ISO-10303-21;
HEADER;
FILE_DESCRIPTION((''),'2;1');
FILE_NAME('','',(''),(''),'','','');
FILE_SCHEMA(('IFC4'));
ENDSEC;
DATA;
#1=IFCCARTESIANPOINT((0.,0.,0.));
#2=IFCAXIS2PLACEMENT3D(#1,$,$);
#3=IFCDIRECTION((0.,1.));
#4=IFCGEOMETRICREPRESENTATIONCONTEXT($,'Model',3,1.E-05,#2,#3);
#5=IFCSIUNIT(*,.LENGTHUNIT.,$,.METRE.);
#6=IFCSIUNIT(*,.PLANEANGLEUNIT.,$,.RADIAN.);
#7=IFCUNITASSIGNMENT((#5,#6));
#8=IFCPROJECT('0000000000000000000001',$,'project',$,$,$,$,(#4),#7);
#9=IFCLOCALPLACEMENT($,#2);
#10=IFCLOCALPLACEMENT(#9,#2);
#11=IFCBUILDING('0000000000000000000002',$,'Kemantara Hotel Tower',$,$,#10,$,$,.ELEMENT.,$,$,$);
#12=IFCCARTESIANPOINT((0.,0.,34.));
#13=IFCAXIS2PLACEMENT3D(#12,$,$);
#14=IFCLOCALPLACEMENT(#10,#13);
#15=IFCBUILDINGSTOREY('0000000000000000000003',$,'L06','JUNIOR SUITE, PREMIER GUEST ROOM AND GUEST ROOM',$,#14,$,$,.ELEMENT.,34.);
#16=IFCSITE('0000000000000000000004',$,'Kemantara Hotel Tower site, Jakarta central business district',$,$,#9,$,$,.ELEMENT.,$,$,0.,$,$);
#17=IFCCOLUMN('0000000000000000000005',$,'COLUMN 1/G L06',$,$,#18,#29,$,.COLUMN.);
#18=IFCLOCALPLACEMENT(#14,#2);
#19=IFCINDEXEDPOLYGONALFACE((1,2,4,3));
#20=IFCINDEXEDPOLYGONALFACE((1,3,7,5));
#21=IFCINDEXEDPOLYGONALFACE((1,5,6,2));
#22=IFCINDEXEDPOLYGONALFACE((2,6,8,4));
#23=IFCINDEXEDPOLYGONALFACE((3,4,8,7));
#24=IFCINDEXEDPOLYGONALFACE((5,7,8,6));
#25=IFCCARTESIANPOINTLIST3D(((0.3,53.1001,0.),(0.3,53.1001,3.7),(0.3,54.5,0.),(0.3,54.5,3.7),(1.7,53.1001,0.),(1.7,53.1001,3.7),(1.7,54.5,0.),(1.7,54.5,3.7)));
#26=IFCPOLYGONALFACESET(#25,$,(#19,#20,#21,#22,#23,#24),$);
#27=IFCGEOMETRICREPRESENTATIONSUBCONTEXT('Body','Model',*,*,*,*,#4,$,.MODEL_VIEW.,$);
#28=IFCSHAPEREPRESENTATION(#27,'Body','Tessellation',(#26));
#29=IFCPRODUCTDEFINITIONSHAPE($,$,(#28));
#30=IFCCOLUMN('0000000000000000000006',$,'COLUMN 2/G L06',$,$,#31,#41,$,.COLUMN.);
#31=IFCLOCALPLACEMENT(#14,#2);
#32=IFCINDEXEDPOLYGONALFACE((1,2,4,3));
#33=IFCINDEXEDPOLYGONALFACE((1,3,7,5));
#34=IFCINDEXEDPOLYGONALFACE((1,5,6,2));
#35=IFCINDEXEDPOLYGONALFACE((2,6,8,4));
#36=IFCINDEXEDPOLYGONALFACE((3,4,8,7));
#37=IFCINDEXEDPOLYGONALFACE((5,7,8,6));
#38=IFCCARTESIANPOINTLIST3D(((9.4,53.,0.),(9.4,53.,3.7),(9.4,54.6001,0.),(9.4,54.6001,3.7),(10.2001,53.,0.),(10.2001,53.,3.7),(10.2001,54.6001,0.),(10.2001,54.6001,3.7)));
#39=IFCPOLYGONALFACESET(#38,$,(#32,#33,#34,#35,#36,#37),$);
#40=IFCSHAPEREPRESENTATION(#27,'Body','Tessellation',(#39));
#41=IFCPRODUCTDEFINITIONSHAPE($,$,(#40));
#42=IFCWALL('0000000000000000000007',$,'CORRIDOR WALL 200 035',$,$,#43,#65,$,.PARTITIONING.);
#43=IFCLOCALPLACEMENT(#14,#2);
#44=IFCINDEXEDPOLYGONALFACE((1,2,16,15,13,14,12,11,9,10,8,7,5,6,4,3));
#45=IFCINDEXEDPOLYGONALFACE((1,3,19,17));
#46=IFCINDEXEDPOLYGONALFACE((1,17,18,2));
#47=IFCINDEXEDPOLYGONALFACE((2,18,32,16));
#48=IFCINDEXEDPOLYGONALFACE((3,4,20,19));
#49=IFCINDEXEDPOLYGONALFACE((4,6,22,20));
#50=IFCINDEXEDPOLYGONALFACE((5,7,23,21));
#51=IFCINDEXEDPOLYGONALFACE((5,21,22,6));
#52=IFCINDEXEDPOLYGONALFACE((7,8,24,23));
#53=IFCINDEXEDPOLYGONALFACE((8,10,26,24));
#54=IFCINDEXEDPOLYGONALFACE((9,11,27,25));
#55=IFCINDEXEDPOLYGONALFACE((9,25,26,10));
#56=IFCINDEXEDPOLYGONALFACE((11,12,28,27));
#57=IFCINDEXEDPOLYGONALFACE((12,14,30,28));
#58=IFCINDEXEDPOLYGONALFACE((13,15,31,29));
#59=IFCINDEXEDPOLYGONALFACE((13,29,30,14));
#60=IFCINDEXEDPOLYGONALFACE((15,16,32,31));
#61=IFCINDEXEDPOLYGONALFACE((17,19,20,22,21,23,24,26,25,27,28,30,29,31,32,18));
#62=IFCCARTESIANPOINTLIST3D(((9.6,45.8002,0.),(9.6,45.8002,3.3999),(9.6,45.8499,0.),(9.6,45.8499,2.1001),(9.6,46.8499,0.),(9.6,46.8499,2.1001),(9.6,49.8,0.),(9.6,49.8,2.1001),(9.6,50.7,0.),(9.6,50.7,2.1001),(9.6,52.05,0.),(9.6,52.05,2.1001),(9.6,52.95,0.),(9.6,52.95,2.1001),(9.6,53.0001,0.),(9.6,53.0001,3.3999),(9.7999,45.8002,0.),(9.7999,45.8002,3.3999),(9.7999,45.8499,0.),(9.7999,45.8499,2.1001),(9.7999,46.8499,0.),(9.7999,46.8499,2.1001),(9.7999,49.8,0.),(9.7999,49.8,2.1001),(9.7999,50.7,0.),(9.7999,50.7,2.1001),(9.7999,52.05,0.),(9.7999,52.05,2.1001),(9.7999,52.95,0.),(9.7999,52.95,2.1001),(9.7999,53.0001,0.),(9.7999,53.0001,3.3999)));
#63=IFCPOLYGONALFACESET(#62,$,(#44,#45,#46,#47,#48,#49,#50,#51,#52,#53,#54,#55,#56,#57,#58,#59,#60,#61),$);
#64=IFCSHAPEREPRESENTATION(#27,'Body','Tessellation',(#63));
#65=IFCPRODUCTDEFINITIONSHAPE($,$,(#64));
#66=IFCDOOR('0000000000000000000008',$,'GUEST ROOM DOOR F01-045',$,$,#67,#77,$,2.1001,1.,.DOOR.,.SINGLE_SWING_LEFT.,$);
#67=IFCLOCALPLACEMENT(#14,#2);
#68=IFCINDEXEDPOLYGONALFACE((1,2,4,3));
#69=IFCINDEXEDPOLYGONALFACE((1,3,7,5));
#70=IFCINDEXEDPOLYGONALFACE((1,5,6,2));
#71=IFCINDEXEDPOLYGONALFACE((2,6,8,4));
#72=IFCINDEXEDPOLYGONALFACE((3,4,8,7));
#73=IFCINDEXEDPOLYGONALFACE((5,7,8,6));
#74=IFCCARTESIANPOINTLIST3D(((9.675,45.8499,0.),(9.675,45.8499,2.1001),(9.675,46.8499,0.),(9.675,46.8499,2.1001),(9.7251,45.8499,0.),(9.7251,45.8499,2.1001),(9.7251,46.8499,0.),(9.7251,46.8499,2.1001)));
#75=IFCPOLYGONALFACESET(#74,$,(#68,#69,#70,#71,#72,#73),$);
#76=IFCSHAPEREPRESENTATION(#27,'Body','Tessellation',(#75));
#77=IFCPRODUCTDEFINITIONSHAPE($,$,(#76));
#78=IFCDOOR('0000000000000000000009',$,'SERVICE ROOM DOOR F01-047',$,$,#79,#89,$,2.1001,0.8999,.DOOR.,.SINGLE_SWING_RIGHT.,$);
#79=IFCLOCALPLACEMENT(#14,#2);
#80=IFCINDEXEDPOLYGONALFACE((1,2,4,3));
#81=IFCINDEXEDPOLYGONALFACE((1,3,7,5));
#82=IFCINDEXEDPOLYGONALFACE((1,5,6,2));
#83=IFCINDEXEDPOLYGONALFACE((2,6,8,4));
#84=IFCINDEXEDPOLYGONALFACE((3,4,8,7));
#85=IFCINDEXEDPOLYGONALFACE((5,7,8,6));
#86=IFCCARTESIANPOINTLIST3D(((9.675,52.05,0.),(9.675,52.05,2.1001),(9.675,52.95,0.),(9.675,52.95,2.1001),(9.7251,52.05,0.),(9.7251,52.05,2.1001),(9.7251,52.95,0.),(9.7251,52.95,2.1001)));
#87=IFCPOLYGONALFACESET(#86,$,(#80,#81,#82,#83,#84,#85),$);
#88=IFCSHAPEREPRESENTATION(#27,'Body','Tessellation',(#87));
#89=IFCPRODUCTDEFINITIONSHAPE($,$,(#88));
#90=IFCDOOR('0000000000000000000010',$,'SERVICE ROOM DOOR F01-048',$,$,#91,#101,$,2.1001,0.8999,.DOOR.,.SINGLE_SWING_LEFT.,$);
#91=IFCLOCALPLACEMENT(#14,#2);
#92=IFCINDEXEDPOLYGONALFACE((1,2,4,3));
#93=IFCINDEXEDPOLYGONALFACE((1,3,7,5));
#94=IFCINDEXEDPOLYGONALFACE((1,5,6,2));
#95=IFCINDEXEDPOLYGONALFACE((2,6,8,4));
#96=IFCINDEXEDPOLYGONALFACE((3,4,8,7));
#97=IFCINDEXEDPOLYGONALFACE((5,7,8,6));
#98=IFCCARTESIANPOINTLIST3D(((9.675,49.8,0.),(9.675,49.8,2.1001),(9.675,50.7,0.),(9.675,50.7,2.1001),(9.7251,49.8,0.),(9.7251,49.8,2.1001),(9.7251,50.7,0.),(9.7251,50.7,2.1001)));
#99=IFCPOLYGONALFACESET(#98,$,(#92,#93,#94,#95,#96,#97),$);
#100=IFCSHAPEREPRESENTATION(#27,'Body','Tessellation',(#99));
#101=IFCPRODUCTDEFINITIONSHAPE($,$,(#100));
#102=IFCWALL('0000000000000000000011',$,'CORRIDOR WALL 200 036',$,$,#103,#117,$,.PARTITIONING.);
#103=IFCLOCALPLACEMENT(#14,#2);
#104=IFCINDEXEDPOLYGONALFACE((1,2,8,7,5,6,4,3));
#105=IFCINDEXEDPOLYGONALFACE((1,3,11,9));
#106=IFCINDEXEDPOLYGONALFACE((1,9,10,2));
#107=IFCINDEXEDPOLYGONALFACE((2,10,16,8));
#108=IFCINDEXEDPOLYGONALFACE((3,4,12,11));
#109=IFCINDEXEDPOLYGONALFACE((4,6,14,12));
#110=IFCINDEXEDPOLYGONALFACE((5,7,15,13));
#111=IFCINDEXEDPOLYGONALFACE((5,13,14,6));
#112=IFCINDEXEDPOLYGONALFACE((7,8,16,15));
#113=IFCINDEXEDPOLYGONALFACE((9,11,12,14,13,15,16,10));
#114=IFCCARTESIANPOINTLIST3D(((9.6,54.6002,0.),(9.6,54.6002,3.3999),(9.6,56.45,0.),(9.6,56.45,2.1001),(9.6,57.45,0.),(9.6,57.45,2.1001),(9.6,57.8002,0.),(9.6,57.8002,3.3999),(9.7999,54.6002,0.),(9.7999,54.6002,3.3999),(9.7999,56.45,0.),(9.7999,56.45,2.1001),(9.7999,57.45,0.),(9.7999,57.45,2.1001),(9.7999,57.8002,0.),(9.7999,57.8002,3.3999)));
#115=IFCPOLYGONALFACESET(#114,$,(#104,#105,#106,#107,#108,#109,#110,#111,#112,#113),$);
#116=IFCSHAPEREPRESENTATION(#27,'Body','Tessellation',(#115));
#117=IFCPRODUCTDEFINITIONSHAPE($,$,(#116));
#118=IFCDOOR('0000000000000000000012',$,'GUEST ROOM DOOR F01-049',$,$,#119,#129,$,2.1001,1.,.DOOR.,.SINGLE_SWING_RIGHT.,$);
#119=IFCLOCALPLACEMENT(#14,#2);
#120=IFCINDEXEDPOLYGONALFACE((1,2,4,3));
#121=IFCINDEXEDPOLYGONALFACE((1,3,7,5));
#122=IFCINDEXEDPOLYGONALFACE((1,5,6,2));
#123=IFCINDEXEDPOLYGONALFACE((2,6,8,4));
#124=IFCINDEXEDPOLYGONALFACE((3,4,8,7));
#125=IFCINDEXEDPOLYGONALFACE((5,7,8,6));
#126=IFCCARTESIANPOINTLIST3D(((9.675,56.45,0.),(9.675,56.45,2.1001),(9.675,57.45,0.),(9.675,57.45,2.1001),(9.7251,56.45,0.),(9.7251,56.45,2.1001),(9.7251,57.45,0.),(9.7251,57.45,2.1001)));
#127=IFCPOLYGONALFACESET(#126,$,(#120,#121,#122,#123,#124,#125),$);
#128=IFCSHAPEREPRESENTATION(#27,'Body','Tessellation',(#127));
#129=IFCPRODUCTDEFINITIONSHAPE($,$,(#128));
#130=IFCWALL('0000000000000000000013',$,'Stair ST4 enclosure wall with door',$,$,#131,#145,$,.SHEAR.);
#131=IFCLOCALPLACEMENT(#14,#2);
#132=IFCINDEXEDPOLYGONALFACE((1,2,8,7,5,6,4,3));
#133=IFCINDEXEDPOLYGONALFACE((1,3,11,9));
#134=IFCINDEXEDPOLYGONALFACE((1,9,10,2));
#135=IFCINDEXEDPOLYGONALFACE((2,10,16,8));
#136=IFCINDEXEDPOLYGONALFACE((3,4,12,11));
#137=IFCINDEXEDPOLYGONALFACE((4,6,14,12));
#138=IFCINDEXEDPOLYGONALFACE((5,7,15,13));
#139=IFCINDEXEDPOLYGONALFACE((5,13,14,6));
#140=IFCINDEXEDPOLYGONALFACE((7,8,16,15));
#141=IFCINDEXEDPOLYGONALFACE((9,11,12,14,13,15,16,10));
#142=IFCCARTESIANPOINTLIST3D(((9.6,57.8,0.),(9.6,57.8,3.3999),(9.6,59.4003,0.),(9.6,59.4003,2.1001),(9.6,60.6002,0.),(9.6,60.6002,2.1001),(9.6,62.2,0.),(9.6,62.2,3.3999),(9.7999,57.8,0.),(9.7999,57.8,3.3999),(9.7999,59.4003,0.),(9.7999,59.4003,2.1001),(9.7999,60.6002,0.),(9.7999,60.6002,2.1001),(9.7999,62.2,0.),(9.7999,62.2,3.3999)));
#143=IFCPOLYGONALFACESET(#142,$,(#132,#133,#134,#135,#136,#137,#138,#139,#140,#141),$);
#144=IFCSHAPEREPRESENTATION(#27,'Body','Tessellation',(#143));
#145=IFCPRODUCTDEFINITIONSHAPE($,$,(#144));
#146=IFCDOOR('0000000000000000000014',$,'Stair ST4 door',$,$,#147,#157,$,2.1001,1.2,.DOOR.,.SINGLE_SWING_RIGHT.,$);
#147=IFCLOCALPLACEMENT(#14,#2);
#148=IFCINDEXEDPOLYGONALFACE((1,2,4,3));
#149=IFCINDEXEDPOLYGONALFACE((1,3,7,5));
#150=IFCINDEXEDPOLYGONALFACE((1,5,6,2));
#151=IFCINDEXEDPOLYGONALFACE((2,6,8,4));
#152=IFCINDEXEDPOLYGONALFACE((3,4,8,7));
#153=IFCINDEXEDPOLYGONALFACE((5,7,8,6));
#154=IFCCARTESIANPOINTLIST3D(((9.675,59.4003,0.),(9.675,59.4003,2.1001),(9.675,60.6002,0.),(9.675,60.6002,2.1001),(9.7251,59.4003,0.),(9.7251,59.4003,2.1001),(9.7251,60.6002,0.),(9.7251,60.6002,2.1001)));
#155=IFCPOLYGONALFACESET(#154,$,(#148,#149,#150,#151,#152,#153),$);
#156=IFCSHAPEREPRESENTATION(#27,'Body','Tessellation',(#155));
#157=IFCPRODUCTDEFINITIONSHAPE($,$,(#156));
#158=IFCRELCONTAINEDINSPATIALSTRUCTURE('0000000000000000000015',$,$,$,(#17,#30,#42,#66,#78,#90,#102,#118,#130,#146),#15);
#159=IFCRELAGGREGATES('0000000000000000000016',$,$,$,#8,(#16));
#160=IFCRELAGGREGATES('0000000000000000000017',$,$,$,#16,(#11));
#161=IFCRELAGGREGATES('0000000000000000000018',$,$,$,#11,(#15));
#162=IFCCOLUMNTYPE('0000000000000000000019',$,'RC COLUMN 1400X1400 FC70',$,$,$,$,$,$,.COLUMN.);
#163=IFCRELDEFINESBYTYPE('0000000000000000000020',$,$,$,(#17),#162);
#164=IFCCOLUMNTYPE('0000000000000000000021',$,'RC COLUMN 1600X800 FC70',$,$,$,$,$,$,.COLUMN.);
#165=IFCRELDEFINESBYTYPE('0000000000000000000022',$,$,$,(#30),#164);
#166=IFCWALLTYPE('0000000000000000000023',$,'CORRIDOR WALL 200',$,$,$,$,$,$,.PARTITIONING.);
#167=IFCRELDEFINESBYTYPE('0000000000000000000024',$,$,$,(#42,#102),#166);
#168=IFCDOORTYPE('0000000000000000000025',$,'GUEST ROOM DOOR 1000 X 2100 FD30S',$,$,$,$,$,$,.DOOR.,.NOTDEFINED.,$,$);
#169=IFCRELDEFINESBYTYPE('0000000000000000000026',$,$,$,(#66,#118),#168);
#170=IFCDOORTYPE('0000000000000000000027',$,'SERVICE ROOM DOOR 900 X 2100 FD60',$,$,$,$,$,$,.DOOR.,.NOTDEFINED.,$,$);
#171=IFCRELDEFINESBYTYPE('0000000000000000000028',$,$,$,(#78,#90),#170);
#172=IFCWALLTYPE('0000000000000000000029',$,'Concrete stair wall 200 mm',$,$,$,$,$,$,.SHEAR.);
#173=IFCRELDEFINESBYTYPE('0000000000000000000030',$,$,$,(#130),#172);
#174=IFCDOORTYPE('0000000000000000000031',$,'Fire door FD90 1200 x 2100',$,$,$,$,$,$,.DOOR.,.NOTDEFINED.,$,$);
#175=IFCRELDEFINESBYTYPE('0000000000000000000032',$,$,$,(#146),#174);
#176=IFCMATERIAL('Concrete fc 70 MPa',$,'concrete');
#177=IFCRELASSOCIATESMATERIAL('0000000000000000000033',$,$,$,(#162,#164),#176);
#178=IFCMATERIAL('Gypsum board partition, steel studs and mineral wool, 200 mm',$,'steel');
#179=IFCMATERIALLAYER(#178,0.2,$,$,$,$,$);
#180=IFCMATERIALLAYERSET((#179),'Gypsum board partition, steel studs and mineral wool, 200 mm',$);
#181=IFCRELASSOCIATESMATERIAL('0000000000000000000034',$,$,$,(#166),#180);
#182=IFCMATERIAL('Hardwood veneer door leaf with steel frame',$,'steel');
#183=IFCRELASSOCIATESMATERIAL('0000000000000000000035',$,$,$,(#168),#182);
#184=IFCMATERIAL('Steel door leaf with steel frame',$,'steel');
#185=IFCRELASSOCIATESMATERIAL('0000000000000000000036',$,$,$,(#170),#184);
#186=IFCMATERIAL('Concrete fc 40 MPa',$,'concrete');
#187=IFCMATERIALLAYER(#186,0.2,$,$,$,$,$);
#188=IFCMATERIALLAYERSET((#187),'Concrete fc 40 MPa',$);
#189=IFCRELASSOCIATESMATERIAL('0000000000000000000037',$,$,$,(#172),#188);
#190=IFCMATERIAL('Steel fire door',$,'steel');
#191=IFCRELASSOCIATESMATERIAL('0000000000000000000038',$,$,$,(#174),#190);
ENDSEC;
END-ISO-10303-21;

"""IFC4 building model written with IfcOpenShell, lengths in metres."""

from ifc_helpers import new_model, si_unit, direction, frame, frame_2d, origin, origin_2d, place, context, subcontext, project, spatial, rectangle, extrude, material, layer, layer_set, material_profile, profile_set, type_object, element, fill, save


model = new_model("IFC4")

# Units and contexts
model_context = context("Model", 3, precision=1e-05, world=origin(), true_north=direction((0.0, 1.0)))
body_context = subcontext(model_context, "Body", "Model", "MODEL_VIEW")
ifc_project = project(units=[si_unit("LENGTHUNIT", "METRE"), si_unit("PLANEANGLEUNIT", "RADIAN")], contexts=[model_context])

# Site, building, storey
site_placement = place(None, origin())
site = spatial("IfcSite", under=ifc_project, at=site_placement, Name="Kemantara Hotel Tower site, Jakarta central business district", CompositionType="ELEMENT", RefElevation=0.0)
building_placement = place(site_placement, origin())
building = spatial("IfcBuilding", under=site, at=building_placement, Name="Kemantara Hotel Tower", CompositionType="ELEMENT")
storey_placement = place(building_placement, frame((0.0, 0.0, 34.0)))
storey = spatial("IfcBuildingStorey", under=building, at=storey_placement, Name="L06", Description="JUNIOR SUITE, PREMIER GUEST ROOM AND GUEST ROOM", CompositionType="ELEMENT", Elevation=34.0)

# Columns
ifc_material_1 = material(Name="Concrete fc 70 MPa", Category="concrete")
ifc_material_profile_1 = material_profile(ifc_material_1, rectangle(XDim=1.3999, YDim=1.3999, at=origin_2d()), Name="RC 1400X1400")
ifc_profile_set_1 = profile_set([ifc_material_profile_1], Name="Concrete fc 70 MPa")
column_type_1 = type_object("IfcColumnType", Name="RC COLUMN 1400X1400 FC70", PredefinedType="COLUMN", material=ifc_profile_set_1)
column_1_placement = place(storey_placement, frame((1.0, 53.8, 0.0), z_axis=(0.0, 0.0, 1.0), x_axis=(1.0, 0.0, 0.0)))
element("IfcColumn", 1, at=column_1_placement, inside=storey, type_object=column_type_1, Name="COLUMN 1/G L06", PredefinedType="COLUMN", context=body_context, shape_type="SweptSolid", body=[
    extrude(rectangle(XDim=1.3999, YDim=1.3999, at=origin_2d()), origin(), (0.0, 0.0, 1.0), 3.7),
])
ifc_material_profile_2 = material_profile(ifc_material_1, rectangle(XDim=1.6001, YDim=0.8, at=origin_2d()), Name="RC 1600X800")
ifc_profile_set_2 = profile_set([ifc_material_profile_2], Name="Concrete fc 70 MPa")
column_type_2 = type_object("IfcColumnType", Name="RC COLUMN 1600X800 FC70", PredefinedType="COLUMN", material=ifc_profile_set_2)
column_2_placement = place(storey_placement, frame((9.8, 53.8, 0.0), z_axis=(0.0, 0.0, 1.0), x_axis=(0.0, 1.0, 0.0)))
element("IfcColumn", 2, at=column_2_placement, inside=storey, type_object=column_type_2, Name="COLUMN 2/G L06", PredefinedType="COLUMN", context=body_context, shape_type="SweptSolid", body=[
    extrude(rectangle(XDim=1.6001, YDim=0.8, at=origin_2d()), origin(), (0.0, 0.0, 1.0), 3.7),
])

# Wall, openings, doors
ifc_material_2 = material(Name="Gypsum board partition, steel studs and mineral wool, 200 mm", Category="steel")
ifc_layer_1 = layer(ifc_material_2, 0.2)
ifc_layer_set_1 = layer_set([ifc_layer_1], Name="Gypsum board partition, steel studs and mineral wool, 200 mm")
wall_type_1 = type_object("IfcWallType", Name="CORRIDOR WALL 200", PredefinedType="PARTITIONING", material=ifc_layer_set_1)
wall_1_placement = place(storey_placement, frame((9.7, 45.8, 0.0), z_axis=(0.0, 0.0, 1.0), x_axis=(0.0, 1.0, 0.0)))
wall_1 = element("IfcWall", 3, at=wall_1_placement, inside=storey, type_object=wall_type_1, Name="CORRIDOR WALL 200 035", PredefinedType="PARTITIONING", context=body_context, shape_type="SweptSolid", body=[
    extrude(rectangle(XDim=7.2, YDim=0.2, at=frame_2d((3.6001, 0.0))), origin(), (0.0, 0.0, 1.0), 3.3999),
])
opening_1_placement = place(wall_1_placement, frame((0.0498, 0.0, 0.0)))
opening_1 = element("IfcOpeningElement", 4, at=opening_1_placement, cuts=wall_1, PredefinedType="OPENING", context=body_context, shape_type="SweptSolid", body=[
    extrude(rectangle(XDim=1.0, YDim=2.1001, at=frame_2d((0.5, 1.05))), frame((0.0, 0.1099, 0.0), z_axis=(0.0, -1.0, 0.0), x_axis=(1.0, 0.0, 0.0)), (0.0, 0.0, 1.0), 0.22),
])
opening_2_placement = place(wall_1_placement, frame((6.25, 0.0, 0.0)))
opening_2 = element("IfcOpeningElement", 5, at=opening_2_placement, cuts=wall_1, PredefinedType="OPENING", context=body_context, shape_type="SweptSolid", body=[
    extrude(rectangle(XDim=0.8999, YDim=2.1001, at=frame_2d((0.45, 1.05))), frame((0.0, 0.1099, 0.0), z_axis=(0.0, -1.0, 0.0), x_axis=(1.0, 0.0, 0.0)), (0.0, 0.0, 1.0), 0.22),
])
opening_3_placement = place(wall_1_placement, frame((4.0, 0.0, 0.0)))
opening_3 = element("IfcOpeningElement", 6, at=opening_3_placement, cuts=wall_1, PredefinedType="OPENING", context=body_context, shape_type="SweptSolid", body=[
    extrude(rectangle(XDim=0.8999, YDim=2.1001, at=frame_2d((0.45, 1.05))), frame((0.0, 0.1099, 0.0), z_axis=(0.0, -1.0, 0.0), x_axis=(1.0, 0.0, 0.0)), (0.0, 0.0, 1.0), 0.22),
])
ifc_material_3 = material(Name="Hardwood veneer door leaf with steel frame", Category="steel")
door_type_1 = type_object("IfcDoorType", Name="GUEST ROOM DOOR 1000 X 2100 FD30S", OperationType="NOTDEFINED", PredefinedType="DOOR", material=ifc_material_3)
door_1_placement = place(opening_1_placement, origin())
door_1 = element("IfcDoor", 7, at=door_1_placement, inside=storey, type_object=door_type_1, Name="GUEST ROOM DOOR F01-045", OperationType="SINGLE_SWING_LEFT", OverallHeight=2.1001, OverallWidth=1.0, PredefinedType="DOOR", context=body_context, shape_type="SweptSolid", body=[
    extrude(rectangle(XDim=1.0, YDim=2.1001, at=frame_2d((0.5, 1.05))), frame((0.0, 0.0249, 0.0), z_axis=(0.0, -1.0, 0.0), x_axis=(1.0, 0.0, 0.0)), (0.0, 0.0, 1.0), 0.05),
])
fill(opening_1, door_1)
ifc_material_4 = material(Name="Steel door leaf with steel frame", Category="steel")
door_type_2 = type_object("IfcDoorType", Name="SERVICE ROOM DOOR 900 X 2100 FD60", OperationType="NOTDEFINED", PredefinedType="DOOR", material=ifc_material_4)
door_2_placement = place(opening_2_placement, origin())
door_2 = element("IfcDoor", 8, at=door_2_placement, inside=storey, type_object=door_type_2, Name="SERVICE ROOM DOOR F01-047", OperationType="SINGLE_SWING_RIGHT", OverallHeight=2.1001, OverallWidth=0.8999, PredefinedType="DOOR", context=body_context, shape_type="SweptSolid", body=[
    extrude(rectangle(XDim=0.8999, YDim=2.1001, at=frame_2d((0.45, 1.05))), frame((0.0, 0.0249, 0.0), z_axis=(0.0, -1.0, 0.0), x_axis=(1.0, 0.0, 0.0)), (0.0, 0.0, 1.0), 0.05),
])
fill(opening_2, door_2)
door_3_placement = place(opening_3_placement, origin())
door_3 = element("IfcDoor", 9, at=door_3_placement, inside=storey, type_object=door_type_2, Name="SERVICE ROOM DOOR F01-048", OperationType="SINGLE_SWING_LEFT", OverallHeight=2.1001, OverallWidth=0.8999, PredefinedType="DOOR", context=body_context, shape_type="SweptSolid", body=[
    extrude(rectangle(XDim=0.8999, YDim=2.1001, at=frame_2d((0.45, 1.05))), frame((0.0, 0.0249, 0.0), z_axis=(0.0, -1.0, 0.0), x_axis=(1.0, 0.0, 0.0)), (0.0, 0.0, 1.0), 0.05),
])
fill(opening_3, door_3)

# Walls, openings, doors
wall_2_placement = place(storey_placement, frame((9.7, 54.6001, 0.0), z_axis=(0.0, 0.0, 1.0), x_axis=(0.0, 1.0, 0.0)))
wall_2 = element("IfcWall", 10, at=wall_2_placement, inside=storey, type_object=wall_type_1, Name="CORRIDOR WALL 200 036", PredefinedType="PARTITIONING", context=body_context, shape_type="SweptSolid", body=[
    extrude(rectangle(XDim=3.2, YDim=0.2, at=frame_2d((1.6001, 0.0))), origin(), (0.0, 0.0, 1.0), 3.3999),
])
opening_4_placement = place(wall_2_placement, frame((1.8499, 0.0, 0.0)))
opening_4 = element("IfcOpeningElement", 11, at=opening_4_placement, cuts=wall_2, PredefinedType="OPENING", context=body_context, shape_type="SweptSolid", body=[
    extrude(rectangle(XDim=1.0, YDim=2.1001, at=frame_2d((0.5, 1.05))), frame((0.0, 0.1099, 0.0), z_axis=(0.0, -1.0, 0.0), x_axis=(1.0, 0.0, 0.0)), (0.0, 0.0, 1.0), 0.22),
])
door_4_placement = place(opening_4_placement, origin())
door_4 = element("IfcDoor", 12, at=door_4_placement, inside=storey, type_object=door_type_1, Name="GUEST ROOM DOOR F01-049", OperationType="SINGLE_SWING_RIGHT", OverallHeight=2.1001, OverallWidth=1.0, PredefinedType="DOOR", context=body_context, shape_type="SweptSolid", body=[
    extrude(rectangle(XDim=1.0, YDim=2.1001, at=frame_2d((0.5, 1.05))), frame((0.0, 0.0249, 0.0), z_axis=(0.0, -1.0, 0.0), x_axis=(1.0, 0.0, 0.0)), (0.0, 0.0, 1.0), 0.05),
])
fill(opening_4, door_4)
ifc_material_5 = material(Name="Concrete fc 40 MPa", Category="concrete")
ifc_layer_2 = layer(ifc_material_5, 0.2)
ifc_layer_set_2 = layer_set([ifc_layer_2], Name="Concrete fc 40 MPa")
wall_type_2 = type_object("IfcWallType", Name="Concrete stair wall 200 mm", PredefinedType="SHEAR", material=ifc_layer_set_2)
wall_3_placement = place(storey_placement, frame((9.7, 57.8, 0.0), z_axis=(0.0, 0.0, 1.0), x_axis=(0.0, 1.0, 0.0)))
wall_3 = element("IfcWall", 13, at=wall_3_placement, inside=storey, type_object=wall_type_2, Name="Stair ST4 enclosure wall with door", PredefinedType="SHEAR", context=body_context, shape_type="SweptSolid", body=[
    extrude(rectangle(XDim=4.3999, YDim=0.2, at=frame_2d((2.2, 0.0))), origin(), (0.0, 0.0, 1.0), 3.3999),
])
opening_5_placement = place(wall_3_placement, frame((1.6001, 0.0, 0.0)))
opening_5 = element("IfcOpeningElement", 14, at=opening_5_placement, cuts=wall_3, PredefinedType="OPENING", context=body_context, shape_type="SweptSolid", body=[
    extrude(rectangle(XDim=1.2, YDim=2.1001, at=frame_2d((0.6001, 1.05))), frame((0.0, 0.1099, 0.0), z_axis=(0.0, -1.0, 0.0), x_axis=(1.0, 0.0, 0.0)), (0.0, 0.0, 1.0), 0.22),
])
ifc_material_6 = material(Name="Steel fire door", Category="steel")
door_type_3 = type_object("IfcDoorType", Name="Fire door FD90 1200 x 2100", OperationType="NOTDEFINED", PredefinedType="DOOR", material=ifc_material_6)
door_5_placement = place(opening_5_placement, origin())
door_5 = element("IfcDoor", 15, at=door_5_placement, inside=storey, type_object=door_type_3, Name="Stair ST4 door", OperationType="SINGLE_SWING_RIGHT", OverallHeight=2.1001, OverallWidth=1.2, PredefinedType="DOOR", context=body_context, shape_type="SweptSolid", body=[
    extrude(rectangle(XDim=1.2, YDim=2.1001, at=frame_2d((0.6001, 1.05))), frame((0.0, 0.0249, 0.0), z_axis=(0.0, -1.0, 0.0), x_axis=(1.0, 0.0, 0.0)), (0.0, 0.0, 1.0), 0.05),
])
fill(opening_5, door_5)

save(model, "model.ifc")
